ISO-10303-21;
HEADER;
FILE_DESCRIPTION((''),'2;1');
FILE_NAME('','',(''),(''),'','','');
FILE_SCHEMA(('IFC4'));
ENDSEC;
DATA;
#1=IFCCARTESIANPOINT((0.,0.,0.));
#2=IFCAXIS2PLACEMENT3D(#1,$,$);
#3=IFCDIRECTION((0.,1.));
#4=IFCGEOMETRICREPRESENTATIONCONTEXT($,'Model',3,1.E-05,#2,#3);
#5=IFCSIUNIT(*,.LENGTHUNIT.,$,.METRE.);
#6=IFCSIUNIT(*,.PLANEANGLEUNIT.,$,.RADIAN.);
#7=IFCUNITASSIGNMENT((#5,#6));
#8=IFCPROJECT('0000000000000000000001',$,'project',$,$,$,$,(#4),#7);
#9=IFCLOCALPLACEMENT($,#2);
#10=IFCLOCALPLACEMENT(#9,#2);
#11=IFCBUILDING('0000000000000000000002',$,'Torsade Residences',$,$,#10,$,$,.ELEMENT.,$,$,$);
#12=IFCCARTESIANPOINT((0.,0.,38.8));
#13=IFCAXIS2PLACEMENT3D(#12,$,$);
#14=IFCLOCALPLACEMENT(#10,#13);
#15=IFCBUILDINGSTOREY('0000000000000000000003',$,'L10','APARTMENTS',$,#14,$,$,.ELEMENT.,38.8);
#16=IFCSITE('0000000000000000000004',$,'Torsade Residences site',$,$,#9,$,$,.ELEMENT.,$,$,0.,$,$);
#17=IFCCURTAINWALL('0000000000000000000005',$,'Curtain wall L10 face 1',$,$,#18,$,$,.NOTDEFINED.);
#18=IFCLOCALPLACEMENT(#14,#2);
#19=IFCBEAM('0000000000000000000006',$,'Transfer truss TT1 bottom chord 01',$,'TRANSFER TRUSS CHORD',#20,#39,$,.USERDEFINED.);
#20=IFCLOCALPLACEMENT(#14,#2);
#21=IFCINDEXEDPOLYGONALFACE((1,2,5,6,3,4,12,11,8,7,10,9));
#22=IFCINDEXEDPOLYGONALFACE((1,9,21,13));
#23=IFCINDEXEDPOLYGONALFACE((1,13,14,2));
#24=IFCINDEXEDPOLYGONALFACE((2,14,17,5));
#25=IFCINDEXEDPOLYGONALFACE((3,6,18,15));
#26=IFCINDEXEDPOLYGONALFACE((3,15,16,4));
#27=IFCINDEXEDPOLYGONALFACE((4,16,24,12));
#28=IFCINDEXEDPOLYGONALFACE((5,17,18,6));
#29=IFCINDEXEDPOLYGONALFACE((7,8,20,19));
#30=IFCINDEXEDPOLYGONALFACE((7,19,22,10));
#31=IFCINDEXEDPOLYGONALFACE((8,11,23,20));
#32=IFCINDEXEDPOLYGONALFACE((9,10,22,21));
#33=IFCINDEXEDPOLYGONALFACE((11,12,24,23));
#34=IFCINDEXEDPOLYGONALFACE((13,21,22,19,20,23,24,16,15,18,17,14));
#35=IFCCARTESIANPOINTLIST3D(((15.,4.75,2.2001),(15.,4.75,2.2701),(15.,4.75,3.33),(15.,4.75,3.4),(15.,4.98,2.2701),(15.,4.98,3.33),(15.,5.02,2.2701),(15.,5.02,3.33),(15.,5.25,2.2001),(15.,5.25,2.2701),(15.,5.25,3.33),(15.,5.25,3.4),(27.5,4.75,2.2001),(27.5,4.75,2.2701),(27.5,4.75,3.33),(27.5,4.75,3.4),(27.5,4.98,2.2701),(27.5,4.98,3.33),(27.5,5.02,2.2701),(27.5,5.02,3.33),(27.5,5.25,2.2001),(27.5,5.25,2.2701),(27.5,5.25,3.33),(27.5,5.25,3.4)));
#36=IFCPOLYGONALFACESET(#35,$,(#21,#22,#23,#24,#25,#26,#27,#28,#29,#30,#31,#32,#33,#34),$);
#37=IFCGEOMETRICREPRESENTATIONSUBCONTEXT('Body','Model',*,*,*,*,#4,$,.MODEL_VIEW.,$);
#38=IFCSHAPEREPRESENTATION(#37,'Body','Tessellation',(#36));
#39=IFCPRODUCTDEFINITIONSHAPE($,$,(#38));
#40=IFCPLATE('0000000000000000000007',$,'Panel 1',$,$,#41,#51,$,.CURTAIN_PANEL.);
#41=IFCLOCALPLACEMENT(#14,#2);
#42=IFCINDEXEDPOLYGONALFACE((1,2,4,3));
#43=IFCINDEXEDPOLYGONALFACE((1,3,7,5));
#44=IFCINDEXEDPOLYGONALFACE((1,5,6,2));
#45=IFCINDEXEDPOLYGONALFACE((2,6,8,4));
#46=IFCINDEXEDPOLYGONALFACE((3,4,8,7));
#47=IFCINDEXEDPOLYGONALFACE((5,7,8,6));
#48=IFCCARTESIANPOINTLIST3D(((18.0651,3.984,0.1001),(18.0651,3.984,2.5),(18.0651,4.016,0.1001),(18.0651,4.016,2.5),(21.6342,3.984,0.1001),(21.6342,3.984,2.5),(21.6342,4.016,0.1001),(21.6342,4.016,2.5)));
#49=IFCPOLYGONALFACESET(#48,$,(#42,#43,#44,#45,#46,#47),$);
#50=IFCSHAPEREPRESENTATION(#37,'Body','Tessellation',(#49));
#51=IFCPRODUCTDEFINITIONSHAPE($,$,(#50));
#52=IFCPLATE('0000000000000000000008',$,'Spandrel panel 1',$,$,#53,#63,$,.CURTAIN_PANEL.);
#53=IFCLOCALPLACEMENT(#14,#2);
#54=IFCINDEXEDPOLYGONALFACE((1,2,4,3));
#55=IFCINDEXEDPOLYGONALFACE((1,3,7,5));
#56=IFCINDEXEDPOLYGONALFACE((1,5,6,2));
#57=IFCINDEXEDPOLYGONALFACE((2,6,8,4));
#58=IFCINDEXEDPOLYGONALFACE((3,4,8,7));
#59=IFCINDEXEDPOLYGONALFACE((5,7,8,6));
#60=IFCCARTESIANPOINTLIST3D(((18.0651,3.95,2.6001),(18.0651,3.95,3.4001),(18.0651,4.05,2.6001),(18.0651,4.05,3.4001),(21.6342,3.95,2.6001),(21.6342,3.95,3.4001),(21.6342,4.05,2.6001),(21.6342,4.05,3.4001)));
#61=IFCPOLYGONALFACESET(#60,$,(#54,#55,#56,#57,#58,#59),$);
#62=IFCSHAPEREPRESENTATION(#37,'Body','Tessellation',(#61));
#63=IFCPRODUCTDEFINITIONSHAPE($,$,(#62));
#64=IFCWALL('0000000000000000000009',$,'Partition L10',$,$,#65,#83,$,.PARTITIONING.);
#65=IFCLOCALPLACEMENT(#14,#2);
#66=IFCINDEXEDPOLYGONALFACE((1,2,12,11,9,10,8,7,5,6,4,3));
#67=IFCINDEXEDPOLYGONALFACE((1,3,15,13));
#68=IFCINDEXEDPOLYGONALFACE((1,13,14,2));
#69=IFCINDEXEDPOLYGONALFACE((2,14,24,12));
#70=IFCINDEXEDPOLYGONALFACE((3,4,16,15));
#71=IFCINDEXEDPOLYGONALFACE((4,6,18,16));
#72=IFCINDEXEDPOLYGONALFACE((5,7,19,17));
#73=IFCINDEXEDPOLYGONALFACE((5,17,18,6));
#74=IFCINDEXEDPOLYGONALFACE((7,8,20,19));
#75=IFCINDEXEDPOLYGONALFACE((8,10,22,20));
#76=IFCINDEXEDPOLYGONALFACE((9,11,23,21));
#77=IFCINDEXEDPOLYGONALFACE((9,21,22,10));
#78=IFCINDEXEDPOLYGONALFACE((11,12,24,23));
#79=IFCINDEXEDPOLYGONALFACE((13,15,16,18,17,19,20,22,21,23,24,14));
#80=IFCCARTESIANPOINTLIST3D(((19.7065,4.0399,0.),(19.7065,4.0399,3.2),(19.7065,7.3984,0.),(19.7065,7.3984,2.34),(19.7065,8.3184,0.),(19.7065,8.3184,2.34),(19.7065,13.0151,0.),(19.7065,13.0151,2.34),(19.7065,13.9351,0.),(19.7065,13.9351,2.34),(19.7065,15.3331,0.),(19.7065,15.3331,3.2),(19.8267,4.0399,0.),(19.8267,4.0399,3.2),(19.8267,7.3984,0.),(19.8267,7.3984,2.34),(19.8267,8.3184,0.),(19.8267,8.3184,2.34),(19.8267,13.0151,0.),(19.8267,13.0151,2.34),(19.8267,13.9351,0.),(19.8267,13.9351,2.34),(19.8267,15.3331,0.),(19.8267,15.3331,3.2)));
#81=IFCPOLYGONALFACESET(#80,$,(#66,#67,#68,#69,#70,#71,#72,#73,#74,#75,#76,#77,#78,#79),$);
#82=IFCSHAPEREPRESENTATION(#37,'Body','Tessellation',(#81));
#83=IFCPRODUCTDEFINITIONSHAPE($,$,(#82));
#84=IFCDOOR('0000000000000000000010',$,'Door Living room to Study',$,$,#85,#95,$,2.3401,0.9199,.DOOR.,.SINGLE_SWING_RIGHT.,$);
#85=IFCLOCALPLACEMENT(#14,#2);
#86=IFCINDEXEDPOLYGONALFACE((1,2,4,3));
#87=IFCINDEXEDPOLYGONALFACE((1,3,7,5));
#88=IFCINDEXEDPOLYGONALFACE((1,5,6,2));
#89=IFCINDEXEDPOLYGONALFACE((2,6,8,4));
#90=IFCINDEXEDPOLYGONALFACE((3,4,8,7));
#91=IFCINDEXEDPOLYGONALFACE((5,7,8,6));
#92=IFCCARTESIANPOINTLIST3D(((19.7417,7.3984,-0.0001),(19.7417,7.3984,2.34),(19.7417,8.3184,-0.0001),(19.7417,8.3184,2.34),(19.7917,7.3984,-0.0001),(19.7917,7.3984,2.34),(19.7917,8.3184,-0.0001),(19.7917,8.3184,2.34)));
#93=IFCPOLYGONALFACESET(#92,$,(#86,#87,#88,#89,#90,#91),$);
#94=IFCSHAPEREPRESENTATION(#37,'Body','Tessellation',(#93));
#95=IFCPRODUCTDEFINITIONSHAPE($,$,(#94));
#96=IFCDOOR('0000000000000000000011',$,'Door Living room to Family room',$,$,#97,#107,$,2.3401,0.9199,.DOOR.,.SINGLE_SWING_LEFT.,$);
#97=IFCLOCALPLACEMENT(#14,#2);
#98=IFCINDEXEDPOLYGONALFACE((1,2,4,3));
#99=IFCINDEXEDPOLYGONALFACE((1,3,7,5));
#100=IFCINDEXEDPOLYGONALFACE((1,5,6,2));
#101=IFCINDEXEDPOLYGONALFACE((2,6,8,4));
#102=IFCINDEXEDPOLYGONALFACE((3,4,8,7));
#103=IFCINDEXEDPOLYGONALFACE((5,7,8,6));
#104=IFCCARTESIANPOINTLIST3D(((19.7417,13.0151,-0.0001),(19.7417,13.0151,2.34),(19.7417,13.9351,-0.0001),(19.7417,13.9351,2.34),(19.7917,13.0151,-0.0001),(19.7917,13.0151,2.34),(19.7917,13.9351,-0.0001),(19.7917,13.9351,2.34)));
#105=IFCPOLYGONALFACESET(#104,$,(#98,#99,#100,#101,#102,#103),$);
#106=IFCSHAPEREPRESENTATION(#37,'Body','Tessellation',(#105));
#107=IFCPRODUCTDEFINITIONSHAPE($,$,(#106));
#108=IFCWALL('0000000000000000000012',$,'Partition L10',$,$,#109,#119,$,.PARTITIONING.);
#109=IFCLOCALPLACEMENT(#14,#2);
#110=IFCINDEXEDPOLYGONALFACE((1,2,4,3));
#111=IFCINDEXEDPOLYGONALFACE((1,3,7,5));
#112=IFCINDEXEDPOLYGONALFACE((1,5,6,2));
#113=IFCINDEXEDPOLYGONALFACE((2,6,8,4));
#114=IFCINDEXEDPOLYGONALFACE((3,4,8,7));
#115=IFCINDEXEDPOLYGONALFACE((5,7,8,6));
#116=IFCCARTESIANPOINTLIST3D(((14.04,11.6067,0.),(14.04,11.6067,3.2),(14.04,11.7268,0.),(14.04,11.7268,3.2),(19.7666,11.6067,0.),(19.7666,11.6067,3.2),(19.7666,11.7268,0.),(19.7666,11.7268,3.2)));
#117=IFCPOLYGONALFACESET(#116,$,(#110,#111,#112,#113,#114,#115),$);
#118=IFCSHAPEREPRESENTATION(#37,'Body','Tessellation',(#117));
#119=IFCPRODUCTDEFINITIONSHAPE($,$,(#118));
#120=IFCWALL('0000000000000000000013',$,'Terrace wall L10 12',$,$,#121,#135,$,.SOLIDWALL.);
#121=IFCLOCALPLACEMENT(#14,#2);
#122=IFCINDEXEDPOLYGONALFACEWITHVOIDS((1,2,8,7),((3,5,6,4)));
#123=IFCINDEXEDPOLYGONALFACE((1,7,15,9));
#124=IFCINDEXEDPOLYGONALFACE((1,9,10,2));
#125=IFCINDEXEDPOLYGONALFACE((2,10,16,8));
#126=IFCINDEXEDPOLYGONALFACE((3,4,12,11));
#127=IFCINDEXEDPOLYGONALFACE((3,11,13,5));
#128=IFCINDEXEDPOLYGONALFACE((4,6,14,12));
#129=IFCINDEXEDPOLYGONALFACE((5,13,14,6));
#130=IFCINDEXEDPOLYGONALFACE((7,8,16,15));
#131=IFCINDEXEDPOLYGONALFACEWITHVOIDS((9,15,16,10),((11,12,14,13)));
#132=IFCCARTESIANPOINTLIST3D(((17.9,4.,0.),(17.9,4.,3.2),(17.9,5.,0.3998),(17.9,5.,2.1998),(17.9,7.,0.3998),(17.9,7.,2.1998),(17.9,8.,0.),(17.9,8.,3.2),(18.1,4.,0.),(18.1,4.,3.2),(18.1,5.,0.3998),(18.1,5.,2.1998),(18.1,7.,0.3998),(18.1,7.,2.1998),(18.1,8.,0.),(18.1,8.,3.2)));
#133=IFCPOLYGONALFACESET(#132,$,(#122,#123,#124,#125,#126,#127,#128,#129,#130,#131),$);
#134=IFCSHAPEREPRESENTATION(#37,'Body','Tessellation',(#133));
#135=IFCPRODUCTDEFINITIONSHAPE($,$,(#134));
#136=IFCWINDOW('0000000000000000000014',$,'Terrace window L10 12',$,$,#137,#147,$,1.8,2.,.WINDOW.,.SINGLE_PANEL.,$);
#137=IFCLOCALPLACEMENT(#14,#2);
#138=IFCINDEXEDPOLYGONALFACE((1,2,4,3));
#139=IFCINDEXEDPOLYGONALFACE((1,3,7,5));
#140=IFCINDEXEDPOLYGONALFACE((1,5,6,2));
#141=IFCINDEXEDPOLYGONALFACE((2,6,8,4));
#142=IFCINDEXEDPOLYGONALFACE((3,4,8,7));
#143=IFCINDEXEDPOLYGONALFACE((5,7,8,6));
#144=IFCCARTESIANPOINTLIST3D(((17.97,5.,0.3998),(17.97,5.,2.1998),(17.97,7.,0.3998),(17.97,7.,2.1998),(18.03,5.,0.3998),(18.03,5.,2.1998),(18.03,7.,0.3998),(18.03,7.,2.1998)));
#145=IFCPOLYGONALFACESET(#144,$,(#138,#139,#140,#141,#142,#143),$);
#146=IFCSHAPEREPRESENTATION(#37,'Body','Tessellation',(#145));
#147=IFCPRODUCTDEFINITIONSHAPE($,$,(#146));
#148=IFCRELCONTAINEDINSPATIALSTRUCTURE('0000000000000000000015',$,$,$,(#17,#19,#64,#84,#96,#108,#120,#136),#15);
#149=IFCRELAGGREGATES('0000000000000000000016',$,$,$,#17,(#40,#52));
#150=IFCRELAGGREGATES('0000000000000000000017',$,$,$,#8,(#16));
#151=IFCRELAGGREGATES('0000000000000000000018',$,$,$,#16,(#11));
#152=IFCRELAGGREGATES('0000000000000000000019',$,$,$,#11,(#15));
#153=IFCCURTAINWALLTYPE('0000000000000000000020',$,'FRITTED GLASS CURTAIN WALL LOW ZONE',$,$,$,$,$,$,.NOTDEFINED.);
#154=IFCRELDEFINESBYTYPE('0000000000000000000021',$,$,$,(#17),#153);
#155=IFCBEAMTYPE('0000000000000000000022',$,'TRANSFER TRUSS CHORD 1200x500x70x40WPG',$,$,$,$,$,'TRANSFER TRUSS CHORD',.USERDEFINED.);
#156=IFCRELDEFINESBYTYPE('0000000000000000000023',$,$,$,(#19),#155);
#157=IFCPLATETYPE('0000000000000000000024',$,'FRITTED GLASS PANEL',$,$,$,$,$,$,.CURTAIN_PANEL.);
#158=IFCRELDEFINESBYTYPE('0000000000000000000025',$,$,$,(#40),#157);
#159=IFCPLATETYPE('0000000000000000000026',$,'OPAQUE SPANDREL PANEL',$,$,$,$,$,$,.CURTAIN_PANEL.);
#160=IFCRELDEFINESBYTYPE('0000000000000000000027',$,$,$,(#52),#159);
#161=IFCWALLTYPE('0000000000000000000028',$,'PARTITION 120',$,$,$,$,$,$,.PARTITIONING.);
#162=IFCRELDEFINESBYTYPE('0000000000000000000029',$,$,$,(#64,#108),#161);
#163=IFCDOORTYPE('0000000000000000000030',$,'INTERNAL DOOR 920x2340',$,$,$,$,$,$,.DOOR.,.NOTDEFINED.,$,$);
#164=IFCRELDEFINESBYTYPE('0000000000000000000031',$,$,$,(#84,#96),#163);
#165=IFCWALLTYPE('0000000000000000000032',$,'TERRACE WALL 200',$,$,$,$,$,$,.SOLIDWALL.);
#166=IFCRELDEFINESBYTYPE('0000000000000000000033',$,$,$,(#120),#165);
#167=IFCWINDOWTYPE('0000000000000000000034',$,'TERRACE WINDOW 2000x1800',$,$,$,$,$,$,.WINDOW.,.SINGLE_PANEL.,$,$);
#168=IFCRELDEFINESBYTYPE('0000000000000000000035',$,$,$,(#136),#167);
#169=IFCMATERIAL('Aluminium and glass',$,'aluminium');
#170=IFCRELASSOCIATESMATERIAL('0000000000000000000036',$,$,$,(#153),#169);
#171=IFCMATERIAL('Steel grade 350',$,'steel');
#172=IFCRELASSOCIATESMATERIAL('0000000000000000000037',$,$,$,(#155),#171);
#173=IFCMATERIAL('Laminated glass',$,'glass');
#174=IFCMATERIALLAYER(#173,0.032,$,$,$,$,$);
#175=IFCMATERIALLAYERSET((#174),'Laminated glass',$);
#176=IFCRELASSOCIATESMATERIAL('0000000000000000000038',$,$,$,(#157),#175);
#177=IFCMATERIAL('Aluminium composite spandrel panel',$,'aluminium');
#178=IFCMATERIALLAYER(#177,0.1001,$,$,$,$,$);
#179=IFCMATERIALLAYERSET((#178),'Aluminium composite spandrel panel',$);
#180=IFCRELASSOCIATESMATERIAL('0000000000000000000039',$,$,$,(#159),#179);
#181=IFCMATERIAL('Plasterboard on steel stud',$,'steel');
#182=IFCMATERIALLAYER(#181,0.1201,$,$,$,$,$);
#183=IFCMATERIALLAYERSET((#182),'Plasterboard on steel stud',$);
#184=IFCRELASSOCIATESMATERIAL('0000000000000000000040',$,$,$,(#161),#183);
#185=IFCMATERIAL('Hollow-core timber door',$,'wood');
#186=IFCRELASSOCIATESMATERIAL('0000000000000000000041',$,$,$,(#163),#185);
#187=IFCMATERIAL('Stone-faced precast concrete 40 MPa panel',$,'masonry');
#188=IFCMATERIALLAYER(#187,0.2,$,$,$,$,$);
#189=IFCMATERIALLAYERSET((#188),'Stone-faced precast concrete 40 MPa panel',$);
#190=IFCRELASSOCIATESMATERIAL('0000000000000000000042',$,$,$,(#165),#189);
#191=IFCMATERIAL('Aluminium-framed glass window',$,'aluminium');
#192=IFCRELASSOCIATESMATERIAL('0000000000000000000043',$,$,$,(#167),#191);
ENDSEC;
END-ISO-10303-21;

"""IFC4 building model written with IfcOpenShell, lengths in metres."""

from ifc_helpers import new_model, si_unit, direction, frame, frame_2d, origin, origin_2d, place, context, subcontext, project, spatial, rectangle, i_section, extrude, material, layer, layer_set, material_profile, profile_set, type_object, element, fill, aggregate, save


model = new_model("IFC4")

# Units and contexts
model_context = context("Model", 3, precision=1e-05, world=origin(), true_north=direction((0.0, 1.0)))
body_context = subcontext(model_context, "Body", "Model", "MODEL_VIEW")
ifc_project = project(units=[si_unit("LENGTHUNIT", "METRE"), si_unit("PLANEANGLEUNIT", "RADIAN")], contexts=[model_context])

# Site, building, storey
site_placement = place(None, origin())
site = spatial("IfcSite", under=ifc_project, at=site_placement, Name="Torsade Residences site", CompositionType="ELEMENT", RefElevation=0.0)
building_placement = place(site_placement, origin())
building = spatial("IfcBuilding", under=site, at=building_placement, Name="Torsade Residences", CompositionType="ELEMENT")
storey_placement = place(building_placement, frame((0.0, 0.0, 38.8)))
storey = spatial("IfcBuildingStorey", under=building, at=storey_placement, Name="L10", Description="APARTMENTS", CompositionType="ELEMENT", Elevation=38.8)

# Curtain wall
ifc_material_1 = material(Name="Aluminium and glass", Category="aluminium")
curtain_wall_type = type_object("IfcCurtainWallType", Name="FRITTED GLASS CURTAIN WALL LOW ZONE", PredefinedType="NOTDEFINED", material=ifc_material_1)
curtain_wall_placement = place(storey_placement, origin())
curtain_wall = element("IfcCurtainWall", 1, at=curtain_wall_placement, inside=storey, type_object=curtain_wall_type, Name="Curtain wall L10 face 1", PredefinedType="NOTDEFINED")

# Beam
ifc_material_2 = material(Name="Steel grade 350", Category="steel")
ifc_material_profile_1 = material_profile(ifc_material_2, i_section(OverallWidth=0.5, OverallDepth=1.2, WebThickness=0.04, FlangeThickness=0.0701, at=origin_2d()), Name="1200x500x70x40WPG")
ifc_profile_set_1 = profile_set([ifc_material_profile_1], Name="Steel grade 350")
beam_type_1 = type_object("IfcBeamType", Name="TRANSFER TRUSS CHORD 1200x500x70x40WPG", ElementType="TRANSFER TRUSS CHORD", PredefinedType="USERDEFINED", material=ifc_profile_set_1)
beam_1_placement = place(storey_placement, frame((15.0, 5.0, 2.8), z_axis=(1.0, 0.0, 0.0), x_axis=(0.0, 1.0, 0.0)))
element("IfcBeam", 2, at=beam_1_placement, inside=storey, type_object=beam_type_1, Name="Transfer truss TT1 bottom chord 01", ObjectType="TRANSFER TRUSS CHORD", PredefinedType="USERDEFINED", context=body_context, shape_type="SweptSolid", body=[
    extrude(i_section(OverallWidth=0.5, OverallDepth=1.2, WebThickness=0.04, FlangeThickness=0.0701, at=origin_2d()), origin(), (0.0, 0.0, 1.0), 12.5),
])

# Plates
ifc_material_3 = material(Name="Laminated glass", Category="glass")
ifc_layer_1 = layer(ifc_material_3, 0.032)
ifc_layer_set_1 = layer_set([ifc_layer_1], Name="Laminated glass")
plate_type_1 = type_object("IfcPlateType", Name="FRITTED GLASS PANEL", PredefinedType="CURTAIN_PANEL", material=ifc_layer_set_1)
plate_1_placement = place(storey_placement, frame((19.8496, 4.0, 0.1001), z_axis=(0.0, 0.0, 1.0), x_axis=(1.0, 0.0, 0.0)))
plate_1 = element("IfcPlate", 3, at=plate_1_placement, type_object=plate_type_1, Name="Panel 1", PredefinedType="CURTAIN_PANEL", context=body_context, shape_type="SweptSolid", body=[
    extrude(rectangle(XDim=3.5691, YDim=0.032, at=origin_2d()), origin(), (0.0, 0.0, 1.0), 2.3999),
])
ifc_material_4 = material(Name="Aluminium composite spandrel panel", Category="aluminium")
ifc_layer_2 = layer(ifc_material_4, 0.1001)
ifc_layer_set_2 = layer_set([ifc_layer_2], Name="Aluminium composite spandrel panel")
plate_type_2 = type_object("IfcPlateType", Name="OPAQUE SPANDREL PANEL", PredefinedType="CURTAIN_PANEL", material=ifc_layer_set_2)
plate_2_placement = place(storey_placement, frame((19.8496, 4.0, 2.6001), z_axis=(0.0, 0.0, 1.0), x_axis=(1.0, 0.0, 0.0)))
plate_2 = element("IfcPlate", 4, at=plate_2_placement, type_object=plate_type_2, Name="Spandrel panel 1", PredefinedType="CURTAIN_PANEL", context=body_context, shape_type="SweptSolid", body=[
    extrude(rectangle(XDim=3.5691, YDim=0.1001, at=origin_2d()), origin(), (0.0, 0.0, 1.0), 0.8),
])
aggregate(curtain_wall, [plate_1, plate_2])

# Wall, openings, doors
ifc_material_5 = material(Name="Plasterboard on steel stud", Category="steel")
ifc_layer_3 = layer(ifc_material_5, 0.1201)
ifc_layer_set_3 = layer_set([ifc_layer_3], Name="Plasterboard on steel stud")
wall_type_1 = type_object("IfcWallType", Name="PARTITION 120", PredefinedType="PARTITIONING", material=ifc_layer_set_3)
wall_1_placement = place(storey_placement, frame((19.7666, 4.04, 0.0), z_axis=(0.0, 0.0, 1.0), x_axis=(0.0, 1.0, 0.0)))
wall_1 = element("IfcWall", 5, at=wall_1_placement, inside=storey, type_object=wall_type_1, Name="Partition L10", PredefinedType="PARTITIONING", context=body_context, shape_type="SweptSolid", body=[
    extrude(rectangle(XDim=11.2932, YDim=0.1201, at=frame_2d((5.6465, 0.0))), origin(), (0.0, 0.0, 1.0), 3.2),
])
opening_1_placement = place(wall_1_placement, frame((3.3584, 0.0, 0.0)))
opening_1 = element("IfcOpeningElement", 6, at=opening_1_placement, cuts=wall_1, PredefinedType="OPENING", context=body_context, shape_type="SweptSolid", body=[
    extrude(rectangle(XDim=0.9199, YDim=2.3401, at=frame_2d((0.46, 1.1699))), frame((0.0, 0.0701, 0.0), z_axis=(0.0, -1.0, 0.0), x_axis=(1.0, 0.0, 0.0)), (0.0, 0.0, 1.0), 0.1401),
])
opening_2_placement = place(wall_1_placement, frame((8.9751, 0.0, 0.0)))
opening_2 = element("IfcOpeningElement", 7, at=opening_2_placement, cuts=wall_1, PredefinedType="OPENING", context=body_context, shape_type="SweptSolid", body=[
    extrude(rectangle(XDim=0.9199, YDim=2.3401, at=frame_2d((0.46, 1.1699))), frame((0.0, 0.0701, 0.0), z_axis=(0.0, -1.0, 0.0), x_axis=(1.0, 0.0, 0.0)), (0.0, 0.0, 1.0), 0.1401),
])
ifc_material_6 = material(Name="Hollow-core timber door", Category="wood")
door_type = type_object("IfcDoorType", Name="INTERNAL DOOR 920x2340", OperationType="NOTDEFINED", PredefinedType="DOOR", material=ifc_material_6)
door_1_placement = place(opening_1_placement, origin())
door_1 = element("IfcDoor", 8, at=door_1_placement, inside=storey, type_object=door_type, Name="Door Living room to Study", OperationType="SINGLE_SWING_RIGHT", OverallHeight=2.3401, OverallWidth=0.9199, PredefinedType="DOOR", context=body_context, shape_type="SweptSolid", body=[
    extrude(rectangle(XDim=0.9199, YDim=2.3401, at=frame_2d((0.46, 1.1699))), frame((0.0, 0.0249, 0.0), z_axis=(0.0, -1.0, 0.0), x_axis=(1.0, 0.0, 0.0)), (0.0, 0.0, 1.0), 0.05),
])
fill(opening_1, door_1)
door_2_placement = place(opening_2_placement, origin())
door_2 = element("IfcDoor", 9, at=door_2_placement, inside=storey, type_object=door_type, Name="Door Living room to Family room", OperationType="SINGLE_SWING_LEFT", OverallHeight=2.3401, OverallWidth=0.9199, PredefinedType="DOOR", context=body_context, shape_type="SweptSolid", body=[
    extrude(rectangle(XDim=0.9199, YDim=2.3401, at=frame_2d((0.46, 1.1699))), frame((0.0, 0.0249, 0.0), z_axis=(0.0, -1.0, 0.0), x_axis=(1.0, 0.0, 0.0)), (0.0, 0.0, 1.0), 0.05),
])
fill(opening_2, door_2)

# Wall
wall_2_placement = place(storey_placement, frame((14.04, 11.6667, 0.0), z_axis=(0.0, 0.0, 1.0), x_axis=(1.0, 0.0, 0.0)))
element("IfcWall", 10, at=wall_2_placement, inside=storey, type_object=wall_type_1, Name="Partition L10", PredefinedType="PARTITIONING", context=body_context, shape_type="SweptSolid", body=[
    extrude(rectangle(XDim=5.7266, YDim=0.1201, at=frame_2d((2.8633, 0.0))), origin(), (0.0, 0.0, 1.0), 3.2),
])

# Wall, opening, window
ifc_material_7 = material(Name="Stone-faced precast concrete 40 MPa panel", Category="masonry")
ifc_layer_4 = layer(ifc_material_7, 0.2)
ifc_layer_set_4 = layer_set([ifc_layer_4], Name="Stone-faced precast concrete 40 MPa panel")
wall_type_2 = type_object("IfcWallType", Name="TERRACE WALL 200", PredefinedType="SOLIDWALL", material=ifc_layer_set_4)
wall_3_placement = place(storey_placement, frame((18.0, 8.0, 0.0), z_axis=(0.0, 0.0, 1.0), x_axis=(0.0, -1.0, 0.0)))
wall_3 = element("IfcWall", 11, at=wall_3_placement, inside=storey, type_object=wall_type_2, Name="Terrace wall L10 12", PredefinedType="SOLIDWALL", context=body_context, shape_type="SweptSolid", body=[
    extrude(rectangle(XDim=4.0, YDim=0.2, at=frame_2d((2.0, 0.0))), origin(), (0.0, 0.0, 1.0), 3.2),
])
opening_3_placement = place(wall_3_placement, frame((1.0, 0.0, 0.3999)))
opening_3 = element("IfcOpeningElement", 12, at=opening_3_placement, cuts=wall_3, PredefinedType="OPENING", context=body_context, shape_type="SweptSolid", body=[
    extrude(rectangle(XDim=2.0, YDim=1.8, at=frame_2d((1.0, 0.8999))), frame((0.0, 0.1099, 0.0), z_axis=(0.0, -1.0, 0.0), x_axis=(1.0, 0.0, 0.0)), (0.0, 0.0, 1.0), 0.22),
])
ifc_material_8 = material(Name="Aluminium-framed glass window", Category="aluminium")
window_type = type_object("IfcWindowType", Name="TERRACE WINDOW 2000x1800", PartitioningType="SINGLE_PANEL", PredefinedType="WINDOW", material=ifc_material_8)
window_placement = place(opening_3_placement, origin())
window = element("IfcWindow", 13, at=window_placement, inside=storey, type_object=window_type, Name="Terrace window L10 12", OverallHeight=1.8, OverallWidth=2.0, PartitioningType="SINGLE_PANEL", PredefinedType="WINDOW", context=body_context, shape_type="SweptSolid", body=[
    extrude(rectangle(XDim=2.0, YDim=1.8, at=frame_2d((1.0, 0.8999))), frame((0.0, 0.03, 0.0), z_axis=(0.0, -1.0, 0.0), x_axis=(1.0, 0.0, 0.0)), (0.0, 0.0, 1.0), 0.0601),
])
fill(opening_3, window)

save(model, "model.ifc")
